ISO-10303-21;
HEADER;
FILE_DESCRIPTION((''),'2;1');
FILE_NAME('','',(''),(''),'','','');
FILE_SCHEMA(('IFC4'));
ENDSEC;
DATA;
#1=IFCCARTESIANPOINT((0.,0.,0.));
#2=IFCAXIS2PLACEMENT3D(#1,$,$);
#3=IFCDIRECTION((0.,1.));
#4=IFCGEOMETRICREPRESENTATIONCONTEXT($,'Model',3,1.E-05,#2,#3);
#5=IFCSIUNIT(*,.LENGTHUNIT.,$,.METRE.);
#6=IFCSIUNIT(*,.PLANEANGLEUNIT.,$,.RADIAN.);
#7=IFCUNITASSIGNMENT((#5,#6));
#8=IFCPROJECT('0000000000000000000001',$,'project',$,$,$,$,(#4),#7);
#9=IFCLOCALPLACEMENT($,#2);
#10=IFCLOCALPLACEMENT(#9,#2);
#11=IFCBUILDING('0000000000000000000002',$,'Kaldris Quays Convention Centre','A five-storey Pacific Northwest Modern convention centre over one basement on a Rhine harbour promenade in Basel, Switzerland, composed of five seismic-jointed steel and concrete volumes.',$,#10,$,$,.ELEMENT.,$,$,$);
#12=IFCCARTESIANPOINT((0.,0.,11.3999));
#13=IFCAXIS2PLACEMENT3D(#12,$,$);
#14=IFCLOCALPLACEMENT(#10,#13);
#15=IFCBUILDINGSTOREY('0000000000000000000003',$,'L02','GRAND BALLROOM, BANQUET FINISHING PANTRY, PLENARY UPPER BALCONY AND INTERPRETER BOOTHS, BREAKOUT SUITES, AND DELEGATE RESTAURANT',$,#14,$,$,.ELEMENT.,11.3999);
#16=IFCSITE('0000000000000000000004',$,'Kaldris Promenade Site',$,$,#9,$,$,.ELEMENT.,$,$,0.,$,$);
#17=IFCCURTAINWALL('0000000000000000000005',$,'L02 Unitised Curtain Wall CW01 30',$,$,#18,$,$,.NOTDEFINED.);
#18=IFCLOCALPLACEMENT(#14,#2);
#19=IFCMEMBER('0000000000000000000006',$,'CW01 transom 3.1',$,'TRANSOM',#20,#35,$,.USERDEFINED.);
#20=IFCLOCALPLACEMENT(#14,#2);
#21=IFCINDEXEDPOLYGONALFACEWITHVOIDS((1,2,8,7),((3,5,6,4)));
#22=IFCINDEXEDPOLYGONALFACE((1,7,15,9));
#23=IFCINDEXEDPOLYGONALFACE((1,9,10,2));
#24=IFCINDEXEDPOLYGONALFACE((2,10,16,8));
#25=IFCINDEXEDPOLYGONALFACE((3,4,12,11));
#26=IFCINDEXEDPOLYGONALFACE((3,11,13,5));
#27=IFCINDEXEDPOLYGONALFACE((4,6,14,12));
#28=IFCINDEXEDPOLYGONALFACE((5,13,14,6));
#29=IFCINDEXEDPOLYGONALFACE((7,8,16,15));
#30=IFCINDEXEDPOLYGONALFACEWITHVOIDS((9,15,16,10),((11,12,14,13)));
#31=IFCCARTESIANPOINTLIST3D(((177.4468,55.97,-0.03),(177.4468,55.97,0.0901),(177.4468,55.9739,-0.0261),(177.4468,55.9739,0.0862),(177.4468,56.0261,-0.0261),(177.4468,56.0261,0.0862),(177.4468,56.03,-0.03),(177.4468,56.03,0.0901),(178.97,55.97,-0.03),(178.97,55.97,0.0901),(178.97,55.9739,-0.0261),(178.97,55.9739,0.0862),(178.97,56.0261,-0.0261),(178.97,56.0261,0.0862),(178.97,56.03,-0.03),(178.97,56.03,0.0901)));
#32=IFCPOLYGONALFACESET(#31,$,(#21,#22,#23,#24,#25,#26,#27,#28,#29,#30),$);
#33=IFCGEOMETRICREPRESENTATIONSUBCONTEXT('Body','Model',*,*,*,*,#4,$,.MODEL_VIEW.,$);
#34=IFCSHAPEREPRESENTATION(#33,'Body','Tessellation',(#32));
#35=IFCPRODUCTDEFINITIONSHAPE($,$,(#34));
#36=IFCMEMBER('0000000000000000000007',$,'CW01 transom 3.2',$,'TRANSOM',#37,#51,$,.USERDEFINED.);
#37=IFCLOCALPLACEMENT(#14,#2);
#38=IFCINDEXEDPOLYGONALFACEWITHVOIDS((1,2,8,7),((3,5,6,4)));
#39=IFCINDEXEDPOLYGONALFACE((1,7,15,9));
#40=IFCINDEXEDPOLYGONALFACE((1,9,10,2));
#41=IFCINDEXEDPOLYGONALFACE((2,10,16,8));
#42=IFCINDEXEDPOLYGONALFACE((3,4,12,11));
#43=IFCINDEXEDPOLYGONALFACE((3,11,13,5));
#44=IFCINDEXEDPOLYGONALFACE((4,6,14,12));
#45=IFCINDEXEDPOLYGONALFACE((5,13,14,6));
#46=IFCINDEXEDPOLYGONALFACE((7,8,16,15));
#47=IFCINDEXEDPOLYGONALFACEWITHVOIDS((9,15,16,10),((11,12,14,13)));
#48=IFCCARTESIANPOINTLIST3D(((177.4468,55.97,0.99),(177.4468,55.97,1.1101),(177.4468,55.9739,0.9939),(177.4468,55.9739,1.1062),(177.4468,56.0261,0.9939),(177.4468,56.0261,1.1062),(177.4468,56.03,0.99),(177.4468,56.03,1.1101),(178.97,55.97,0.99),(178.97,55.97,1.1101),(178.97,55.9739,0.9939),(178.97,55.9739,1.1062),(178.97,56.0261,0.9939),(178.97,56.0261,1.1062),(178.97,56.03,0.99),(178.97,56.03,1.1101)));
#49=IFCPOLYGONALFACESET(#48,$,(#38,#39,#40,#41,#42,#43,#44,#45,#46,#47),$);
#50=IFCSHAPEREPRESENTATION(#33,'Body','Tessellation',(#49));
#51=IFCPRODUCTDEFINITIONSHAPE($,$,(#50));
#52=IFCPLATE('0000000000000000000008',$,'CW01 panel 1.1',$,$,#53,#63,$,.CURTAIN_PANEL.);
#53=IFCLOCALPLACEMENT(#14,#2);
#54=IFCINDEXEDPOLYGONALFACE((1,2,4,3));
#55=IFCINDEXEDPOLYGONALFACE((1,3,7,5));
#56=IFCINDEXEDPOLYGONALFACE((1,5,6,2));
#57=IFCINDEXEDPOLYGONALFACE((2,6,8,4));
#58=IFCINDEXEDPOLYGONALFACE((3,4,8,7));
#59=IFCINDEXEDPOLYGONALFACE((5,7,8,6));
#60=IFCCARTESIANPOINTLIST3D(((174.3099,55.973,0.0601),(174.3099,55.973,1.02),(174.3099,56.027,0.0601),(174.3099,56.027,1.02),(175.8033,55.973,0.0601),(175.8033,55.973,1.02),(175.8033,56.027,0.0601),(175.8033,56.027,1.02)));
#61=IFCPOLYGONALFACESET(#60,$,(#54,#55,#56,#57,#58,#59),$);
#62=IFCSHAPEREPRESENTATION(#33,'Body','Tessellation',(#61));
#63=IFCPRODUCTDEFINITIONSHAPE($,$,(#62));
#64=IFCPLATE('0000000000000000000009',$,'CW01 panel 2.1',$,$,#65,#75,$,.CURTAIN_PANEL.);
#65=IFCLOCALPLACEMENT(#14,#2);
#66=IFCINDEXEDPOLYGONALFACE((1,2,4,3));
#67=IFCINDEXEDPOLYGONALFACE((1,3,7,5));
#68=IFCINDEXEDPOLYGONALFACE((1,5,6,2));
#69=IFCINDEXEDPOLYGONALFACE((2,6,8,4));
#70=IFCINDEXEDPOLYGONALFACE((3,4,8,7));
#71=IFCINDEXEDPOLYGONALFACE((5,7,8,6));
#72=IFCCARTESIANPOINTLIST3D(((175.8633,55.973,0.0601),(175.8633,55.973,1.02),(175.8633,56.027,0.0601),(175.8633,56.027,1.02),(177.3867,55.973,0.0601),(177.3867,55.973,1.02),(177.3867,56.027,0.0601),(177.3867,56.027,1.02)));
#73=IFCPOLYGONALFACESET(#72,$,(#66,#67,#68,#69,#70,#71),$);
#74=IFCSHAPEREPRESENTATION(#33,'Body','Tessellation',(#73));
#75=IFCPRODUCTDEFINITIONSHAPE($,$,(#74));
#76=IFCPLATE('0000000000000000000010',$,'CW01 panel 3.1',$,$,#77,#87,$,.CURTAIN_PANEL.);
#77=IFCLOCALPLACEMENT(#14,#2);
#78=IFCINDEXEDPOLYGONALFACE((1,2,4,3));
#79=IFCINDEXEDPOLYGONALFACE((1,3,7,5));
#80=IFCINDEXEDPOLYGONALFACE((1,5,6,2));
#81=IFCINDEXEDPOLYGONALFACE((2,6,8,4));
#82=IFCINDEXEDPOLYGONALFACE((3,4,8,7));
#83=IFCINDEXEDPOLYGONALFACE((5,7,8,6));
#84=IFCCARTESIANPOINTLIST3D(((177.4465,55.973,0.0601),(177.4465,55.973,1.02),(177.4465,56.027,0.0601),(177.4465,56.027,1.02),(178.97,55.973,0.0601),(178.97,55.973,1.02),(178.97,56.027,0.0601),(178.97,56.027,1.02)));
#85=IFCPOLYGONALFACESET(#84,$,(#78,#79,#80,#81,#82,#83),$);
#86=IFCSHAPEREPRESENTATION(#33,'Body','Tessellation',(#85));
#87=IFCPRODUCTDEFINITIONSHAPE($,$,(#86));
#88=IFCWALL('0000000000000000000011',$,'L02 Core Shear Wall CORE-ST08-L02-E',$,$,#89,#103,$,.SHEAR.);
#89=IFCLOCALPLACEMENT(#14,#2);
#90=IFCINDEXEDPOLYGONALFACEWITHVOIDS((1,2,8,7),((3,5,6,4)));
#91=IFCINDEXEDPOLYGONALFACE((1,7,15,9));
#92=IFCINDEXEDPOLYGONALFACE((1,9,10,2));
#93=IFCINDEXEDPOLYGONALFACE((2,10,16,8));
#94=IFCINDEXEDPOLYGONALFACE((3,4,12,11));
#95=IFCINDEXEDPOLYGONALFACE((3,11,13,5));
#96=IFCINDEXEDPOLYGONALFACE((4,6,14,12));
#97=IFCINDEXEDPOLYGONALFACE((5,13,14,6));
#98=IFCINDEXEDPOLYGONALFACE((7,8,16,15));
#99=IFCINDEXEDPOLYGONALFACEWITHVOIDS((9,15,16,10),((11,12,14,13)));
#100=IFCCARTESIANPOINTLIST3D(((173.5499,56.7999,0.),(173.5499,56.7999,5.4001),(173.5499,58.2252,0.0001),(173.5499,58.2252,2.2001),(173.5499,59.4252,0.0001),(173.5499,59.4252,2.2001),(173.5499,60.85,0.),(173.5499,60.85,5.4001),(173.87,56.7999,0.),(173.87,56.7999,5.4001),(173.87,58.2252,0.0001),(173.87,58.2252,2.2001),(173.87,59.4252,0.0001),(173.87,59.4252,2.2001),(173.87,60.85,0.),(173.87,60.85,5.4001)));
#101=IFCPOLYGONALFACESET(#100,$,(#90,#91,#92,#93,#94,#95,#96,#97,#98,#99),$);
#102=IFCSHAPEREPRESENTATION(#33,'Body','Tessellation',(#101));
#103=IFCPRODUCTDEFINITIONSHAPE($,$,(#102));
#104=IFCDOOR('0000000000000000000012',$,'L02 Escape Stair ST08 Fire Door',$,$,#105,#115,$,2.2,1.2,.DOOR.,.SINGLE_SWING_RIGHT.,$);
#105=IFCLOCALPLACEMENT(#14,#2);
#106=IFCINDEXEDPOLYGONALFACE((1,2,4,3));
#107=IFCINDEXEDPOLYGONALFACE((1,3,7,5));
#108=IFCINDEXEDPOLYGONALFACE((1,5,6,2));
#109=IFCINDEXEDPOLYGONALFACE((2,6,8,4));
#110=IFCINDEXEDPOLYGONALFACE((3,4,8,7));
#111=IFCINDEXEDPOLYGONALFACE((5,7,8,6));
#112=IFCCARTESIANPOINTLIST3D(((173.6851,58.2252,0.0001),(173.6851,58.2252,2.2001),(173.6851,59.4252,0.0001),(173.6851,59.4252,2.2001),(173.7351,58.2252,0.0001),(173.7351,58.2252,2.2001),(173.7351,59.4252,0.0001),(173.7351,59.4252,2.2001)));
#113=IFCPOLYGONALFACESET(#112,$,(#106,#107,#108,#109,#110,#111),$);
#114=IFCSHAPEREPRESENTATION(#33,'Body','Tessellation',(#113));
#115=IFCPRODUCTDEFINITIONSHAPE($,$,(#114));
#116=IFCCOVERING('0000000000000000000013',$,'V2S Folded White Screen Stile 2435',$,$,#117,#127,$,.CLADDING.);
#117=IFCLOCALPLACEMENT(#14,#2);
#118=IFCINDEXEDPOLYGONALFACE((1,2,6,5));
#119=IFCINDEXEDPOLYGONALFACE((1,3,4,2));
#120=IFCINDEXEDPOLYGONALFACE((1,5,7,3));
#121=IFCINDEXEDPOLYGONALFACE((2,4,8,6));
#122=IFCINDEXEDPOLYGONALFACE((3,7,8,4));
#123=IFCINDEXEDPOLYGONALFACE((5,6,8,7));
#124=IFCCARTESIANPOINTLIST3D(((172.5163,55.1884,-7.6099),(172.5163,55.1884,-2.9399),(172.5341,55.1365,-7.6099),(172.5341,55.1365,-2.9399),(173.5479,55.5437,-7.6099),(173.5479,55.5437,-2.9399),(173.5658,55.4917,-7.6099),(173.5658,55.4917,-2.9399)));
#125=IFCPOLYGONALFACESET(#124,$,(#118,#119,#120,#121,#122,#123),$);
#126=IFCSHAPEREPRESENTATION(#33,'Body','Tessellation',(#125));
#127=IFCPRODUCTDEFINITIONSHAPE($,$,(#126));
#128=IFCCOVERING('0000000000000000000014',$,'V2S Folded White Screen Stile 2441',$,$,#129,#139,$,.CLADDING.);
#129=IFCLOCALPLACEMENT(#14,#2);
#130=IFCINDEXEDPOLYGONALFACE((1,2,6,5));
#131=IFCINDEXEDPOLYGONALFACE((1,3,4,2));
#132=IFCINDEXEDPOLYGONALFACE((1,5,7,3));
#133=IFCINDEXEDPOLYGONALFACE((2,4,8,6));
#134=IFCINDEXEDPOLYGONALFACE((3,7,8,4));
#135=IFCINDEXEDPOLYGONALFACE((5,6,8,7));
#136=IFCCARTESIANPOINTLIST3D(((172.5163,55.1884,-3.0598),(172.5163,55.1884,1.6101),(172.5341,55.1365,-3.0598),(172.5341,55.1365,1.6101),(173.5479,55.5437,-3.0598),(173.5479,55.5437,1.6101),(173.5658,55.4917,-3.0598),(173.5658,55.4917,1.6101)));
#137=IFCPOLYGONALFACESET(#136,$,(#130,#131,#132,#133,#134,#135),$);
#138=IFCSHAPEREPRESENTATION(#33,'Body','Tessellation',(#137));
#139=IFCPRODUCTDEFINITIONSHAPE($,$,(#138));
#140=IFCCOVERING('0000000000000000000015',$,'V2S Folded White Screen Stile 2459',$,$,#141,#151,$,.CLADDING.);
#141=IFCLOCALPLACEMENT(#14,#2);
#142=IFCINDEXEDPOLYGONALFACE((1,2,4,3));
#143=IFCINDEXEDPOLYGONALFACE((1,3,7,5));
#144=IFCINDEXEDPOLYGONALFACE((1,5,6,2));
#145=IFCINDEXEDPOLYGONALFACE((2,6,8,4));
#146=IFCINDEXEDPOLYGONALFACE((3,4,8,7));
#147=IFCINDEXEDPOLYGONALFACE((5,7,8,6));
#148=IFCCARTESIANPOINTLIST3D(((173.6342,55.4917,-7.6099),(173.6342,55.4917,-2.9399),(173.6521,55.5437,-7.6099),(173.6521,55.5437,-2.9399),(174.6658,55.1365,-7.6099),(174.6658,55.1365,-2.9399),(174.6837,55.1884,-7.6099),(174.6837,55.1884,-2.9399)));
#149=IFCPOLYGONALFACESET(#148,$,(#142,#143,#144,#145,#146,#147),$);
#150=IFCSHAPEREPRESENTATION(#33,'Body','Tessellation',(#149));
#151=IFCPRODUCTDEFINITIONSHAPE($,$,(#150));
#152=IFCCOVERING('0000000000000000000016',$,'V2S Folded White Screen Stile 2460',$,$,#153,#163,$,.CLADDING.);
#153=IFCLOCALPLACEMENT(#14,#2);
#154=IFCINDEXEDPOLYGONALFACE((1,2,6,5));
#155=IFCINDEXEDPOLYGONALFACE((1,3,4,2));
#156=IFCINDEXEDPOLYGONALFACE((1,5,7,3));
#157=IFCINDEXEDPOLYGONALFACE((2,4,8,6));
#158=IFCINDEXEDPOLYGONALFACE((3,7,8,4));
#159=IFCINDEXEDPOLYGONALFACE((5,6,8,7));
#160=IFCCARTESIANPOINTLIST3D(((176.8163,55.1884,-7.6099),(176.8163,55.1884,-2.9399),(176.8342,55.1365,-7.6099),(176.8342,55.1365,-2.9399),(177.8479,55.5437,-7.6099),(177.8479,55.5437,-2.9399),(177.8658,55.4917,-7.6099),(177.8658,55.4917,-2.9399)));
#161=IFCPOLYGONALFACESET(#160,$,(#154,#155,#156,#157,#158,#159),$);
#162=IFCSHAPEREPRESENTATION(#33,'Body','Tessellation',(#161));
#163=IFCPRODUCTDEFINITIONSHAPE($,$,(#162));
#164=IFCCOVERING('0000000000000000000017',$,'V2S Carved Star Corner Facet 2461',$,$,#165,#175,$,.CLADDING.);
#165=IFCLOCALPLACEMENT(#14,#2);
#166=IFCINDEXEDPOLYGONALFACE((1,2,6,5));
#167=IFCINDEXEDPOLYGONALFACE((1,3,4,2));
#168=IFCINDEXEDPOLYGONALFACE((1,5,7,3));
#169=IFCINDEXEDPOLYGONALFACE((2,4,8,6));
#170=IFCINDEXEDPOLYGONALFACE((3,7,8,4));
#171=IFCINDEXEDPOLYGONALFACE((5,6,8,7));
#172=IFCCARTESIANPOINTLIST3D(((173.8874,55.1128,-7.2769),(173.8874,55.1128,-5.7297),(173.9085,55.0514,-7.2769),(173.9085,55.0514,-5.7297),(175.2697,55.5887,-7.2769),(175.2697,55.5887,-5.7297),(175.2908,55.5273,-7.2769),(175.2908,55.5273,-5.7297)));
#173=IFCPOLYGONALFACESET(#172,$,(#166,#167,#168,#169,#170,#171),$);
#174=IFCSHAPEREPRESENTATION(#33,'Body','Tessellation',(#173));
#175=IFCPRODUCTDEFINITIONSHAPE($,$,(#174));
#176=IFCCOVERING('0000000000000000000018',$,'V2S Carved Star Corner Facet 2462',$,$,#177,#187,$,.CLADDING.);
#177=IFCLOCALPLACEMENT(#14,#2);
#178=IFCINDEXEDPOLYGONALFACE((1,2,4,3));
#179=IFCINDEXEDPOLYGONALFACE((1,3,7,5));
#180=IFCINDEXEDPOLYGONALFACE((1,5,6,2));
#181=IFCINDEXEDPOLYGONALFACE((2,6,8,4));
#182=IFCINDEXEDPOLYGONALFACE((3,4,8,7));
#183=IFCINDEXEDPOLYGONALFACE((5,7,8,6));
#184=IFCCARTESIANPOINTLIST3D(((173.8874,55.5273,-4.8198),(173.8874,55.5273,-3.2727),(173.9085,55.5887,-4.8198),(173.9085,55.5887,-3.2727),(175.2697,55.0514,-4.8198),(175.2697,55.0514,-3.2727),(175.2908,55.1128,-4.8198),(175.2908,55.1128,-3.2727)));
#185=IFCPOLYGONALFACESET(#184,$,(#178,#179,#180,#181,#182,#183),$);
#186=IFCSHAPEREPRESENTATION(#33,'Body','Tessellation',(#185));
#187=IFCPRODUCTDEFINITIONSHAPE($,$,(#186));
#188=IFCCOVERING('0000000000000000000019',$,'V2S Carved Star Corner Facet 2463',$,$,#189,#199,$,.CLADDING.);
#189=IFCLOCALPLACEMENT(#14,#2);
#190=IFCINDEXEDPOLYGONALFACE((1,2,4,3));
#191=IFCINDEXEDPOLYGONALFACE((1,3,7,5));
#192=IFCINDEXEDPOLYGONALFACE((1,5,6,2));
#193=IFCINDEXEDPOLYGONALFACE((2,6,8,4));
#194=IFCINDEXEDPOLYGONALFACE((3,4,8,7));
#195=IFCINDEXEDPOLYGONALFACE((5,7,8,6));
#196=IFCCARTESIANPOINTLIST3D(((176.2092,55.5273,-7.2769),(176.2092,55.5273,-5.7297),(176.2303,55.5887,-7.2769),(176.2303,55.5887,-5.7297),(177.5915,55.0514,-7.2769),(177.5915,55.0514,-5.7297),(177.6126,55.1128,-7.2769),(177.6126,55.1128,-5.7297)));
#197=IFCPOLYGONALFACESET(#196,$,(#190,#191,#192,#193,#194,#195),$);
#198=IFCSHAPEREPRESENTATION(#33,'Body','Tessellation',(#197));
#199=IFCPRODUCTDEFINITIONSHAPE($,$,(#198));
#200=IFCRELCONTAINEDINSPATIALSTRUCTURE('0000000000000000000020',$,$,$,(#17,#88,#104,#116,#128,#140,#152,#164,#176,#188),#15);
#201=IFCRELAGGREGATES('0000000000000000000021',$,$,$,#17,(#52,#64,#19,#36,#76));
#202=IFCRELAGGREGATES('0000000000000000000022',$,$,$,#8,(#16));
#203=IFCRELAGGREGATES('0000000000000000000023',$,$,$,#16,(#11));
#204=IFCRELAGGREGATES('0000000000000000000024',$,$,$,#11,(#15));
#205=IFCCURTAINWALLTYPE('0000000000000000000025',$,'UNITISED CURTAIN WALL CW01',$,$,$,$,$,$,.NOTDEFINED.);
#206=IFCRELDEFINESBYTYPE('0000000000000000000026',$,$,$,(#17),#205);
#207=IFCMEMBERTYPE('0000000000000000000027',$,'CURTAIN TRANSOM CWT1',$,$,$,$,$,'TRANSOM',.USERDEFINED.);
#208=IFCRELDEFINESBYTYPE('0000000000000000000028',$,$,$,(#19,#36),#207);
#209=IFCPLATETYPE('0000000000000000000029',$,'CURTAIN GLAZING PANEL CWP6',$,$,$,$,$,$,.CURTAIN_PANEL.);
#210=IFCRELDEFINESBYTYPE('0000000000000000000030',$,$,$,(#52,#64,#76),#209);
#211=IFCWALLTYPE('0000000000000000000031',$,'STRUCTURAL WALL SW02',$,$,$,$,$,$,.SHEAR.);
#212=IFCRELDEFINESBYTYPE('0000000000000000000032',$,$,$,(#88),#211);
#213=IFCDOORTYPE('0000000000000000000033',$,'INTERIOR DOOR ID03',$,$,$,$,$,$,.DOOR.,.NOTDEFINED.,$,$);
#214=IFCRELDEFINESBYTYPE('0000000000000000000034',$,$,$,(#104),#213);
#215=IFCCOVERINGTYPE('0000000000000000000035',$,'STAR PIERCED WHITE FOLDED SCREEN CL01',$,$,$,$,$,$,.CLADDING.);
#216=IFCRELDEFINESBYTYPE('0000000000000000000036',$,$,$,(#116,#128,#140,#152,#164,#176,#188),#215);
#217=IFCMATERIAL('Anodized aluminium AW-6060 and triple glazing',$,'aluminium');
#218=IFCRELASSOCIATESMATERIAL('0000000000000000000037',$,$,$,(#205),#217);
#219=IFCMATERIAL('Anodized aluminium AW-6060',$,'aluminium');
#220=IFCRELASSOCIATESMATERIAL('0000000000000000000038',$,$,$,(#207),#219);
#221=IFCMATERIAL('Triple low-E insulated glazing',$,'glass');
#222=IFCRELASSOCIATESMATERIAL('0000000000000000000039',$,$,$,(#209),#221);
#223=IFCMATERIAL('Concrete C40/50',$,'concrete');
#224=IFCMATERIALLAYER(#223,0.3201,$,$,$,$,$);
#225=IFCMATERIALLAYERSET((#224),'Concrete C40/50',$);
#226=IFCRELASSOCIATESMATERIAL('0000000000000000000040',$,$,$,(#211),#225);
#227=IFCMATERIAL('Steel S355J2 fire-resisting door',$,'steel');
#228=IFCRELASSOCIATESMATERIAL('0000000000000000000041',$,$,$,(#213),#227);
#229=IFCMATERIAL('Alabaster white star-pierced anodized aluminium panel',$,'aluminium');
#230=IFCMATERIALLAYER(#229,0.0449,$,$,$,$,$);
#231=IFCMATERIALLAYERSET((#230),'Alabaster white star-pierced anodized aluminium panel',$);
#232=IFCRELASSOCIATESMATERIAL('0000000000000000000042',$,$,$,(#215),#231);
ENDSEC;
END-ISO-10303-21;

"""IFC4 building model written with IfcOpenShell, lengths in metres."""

from ifc_helpers import new_model, si_unit, direction, frame, frame_2d, origin, origin_2d, place, context, subcontext, project, spatial, rectangle, hollow_rectangle, extrude, material, layer, layer_set, material_profile, profile_set, type_object, element, fill, aggregate, save


model = new_model("IFC4")

# Units and contexts
model_context = context("Model", 3, precision=1e-05, world=origin(), true_north=direction((0.0, 1.0)))
body_context = subcontext(model_context, "Body", "Model", "MODEL_VIEW")
ifc_project = project(units=[si_unit("LENGTHUNIT", "METRE"), si_unit("PLANEANGLEUNIT", "RADIAN")], contexts=[model_context])

# Site, building, storey
site_placement = place(None, origin())
site = spatial("IfcSite", under=ifc_project, at=site_placement, Name="Kaldris Promenade Site", CompositionType="ELEMENT", RefElevation=0.0)
building_placement = place(site_placement, origin())
building = spatial("IfcBuilding", under=site, at=building_placement, Name="Kaldris Quays Convention Centre", Description="A five-storey Pacific Northwest Modern convention centre over one basement on a Rhine harbour promenade in Basel, Switzerland, composed of five seismic-jointed steel and concrete volumes.", CompositionType="ELEMENT")
storey_placement = place(building_placement, frame((0.0, 0.0, 11.3999)))
storey = spatial("IfcBuildingStorey", under=building, at=storey_placement, Name="L02", Description="GRAND BALLROOM, BANQUET FINISHING PANTRY, PLENARY UPPER BALCONY AND INTERPRETER BOOTHS, BREAKOUT SUITES, AND DELEGATE RESTAURANT", CompositionType="ELEMENT", Elevation=11.3999)

# Shared definitions
ifc_material_1 = material(Name="Anodized aluminium AW-6060 and triple glazing", Category="aluminium")
curtain_wall_type = type_object("IfcCurtainWallType", Name="UNITISED CURTAIN WALL CW01", PredefinedType="NOTDEFINED", material=ifc_material_1)
ifc_material_2 = material(Name="Anodized aluminium AW-6060", Category="aluminium")

# Curtain wall, members, plates
curtain_wall_1_placement = place(storey_placement, origin())
curtain_wall_1 = element("IfcCurtainWall", 1, at=curtain_wall_1_placement, inside=storey, type_object=curtain_wall_type, Name="L02 Unitised Curtain Wall CW01 30", PredefinedType="NOTDEFINED")
ifc_material_profile_1 = material_profile(ifc_material_2, hollow_rectangle(XDim=0.0601, YDim=0.1201, WallThickness=0.0039, at=origin_2d()), Name="RHS 120x60x4")
ifc_profile_set_1 = profile_set([ifc_material_profile_1], Name="Anodized aluminium AW-6060")
member_type_1 = type_object("IfcMemberType", Name="CURTAIN TRANSOM CWT1", ElementType="TRANSOM", PredefinedType="USERDEFINED", material=ifc_profile_set_1)
member_1_placement = place(storey_placement, frame((177.4468, 56.0, 0.03), z_axis=(1.0, 0.0, 0.0), x_axis=(0.0, 1.0, 0.0)))
member_1 = element("IfcMember", 2, at=member_1_placement, type_object=member_type_1, Name="CW01 transom 3.1", ObjectType="TRANSOM", PredefinedType="USERDEFINED", context=body_context, shape_type="SweptSolid", body=[
    extrude(hollow_rectangle(XDim=0.0601, YDim=0.1201, WallThickness=0.0039, at=origin_2d()), origin(), (0.0, 0.0, 1.0), 1.5232),
])
member_2_placement = place(storey_placement, frame((177.4468, 56.0, 1.05), z_axis=(1.0, 0.0, 0.0), x_axis=(0.0, 1.0, 0.0)))
member_2 = element("IfcMember", 3, at=member_2_placement, type_object=member_type_1, Name="CW01 transom 3.2", ObjectType="TRANSOM", PredefinedType="USERDEFINED", context=body_context, shape_type="SweptSolid", body=[
    extrude(hollow_rectangle(XDim=0.0601, YDim=0.1201, WallThickness=0.0039, at=origin_2d()), origin(), (0.0, 0.0, 1.0), 1.5232),
])
ifc_material_3 = material(Name="Triple low-E insulated glazing", Category="glass")
plate_type = type_object("IfcPlateType", Name="CURTAIN GLAZING PANEL CWP6", PredefinedType="CURTAIN_PANEL", material=ifc_material_3)
plate_1_placement = place(storey_placement, frame((175.0566, 56.0, 0.0601), z_axis=(0.0, 0.0, 1.0), x_axis=(1.0, 0.0, 0.0)))
plate_1 = element("IfcPlate", 4, at=plate_1_placement, type_object=plate_type, Name="CW01 panel 1.1", PredefinedType="CURTAIN_PANEL", context=body_context, shape_type="SweptSolid", body=[
    extrude(rectangle(XDim=1.4934, YDim=0.054, at=origin_2d()), origin(), (0.0, 0.0, 1.0), 0.96),
])
plate_2_placement = place(storey_placement, frame((176.625, 56.0, 0.0601), z_axis=(0.0, 0.0, 1.0), x_axis=(1.0, 0.0, 0.0)))
plate_2 = element("IfcPlate", 5, at=plate_2_placement, type_object=plate_type, Name="CW01 panel 2.1", PredefinedType="CURTAIN_PANEL", context=body_context, shape_type="SweptSolid", body=[
    extrude(rectangle(XDim=1.5234, YDim=0.054, at=origin_2d()), origin(), (0.0, 0.0, 1.0), 0.96),
])
plate_3_placement = place(storey_placement, frame((178.2083, 56.0, 0.0601), z_axis=(0.0, 0.0, 1.0), x_axis=(1.0, 0.0, 0.0)))
plate_3 = element("IfcPlate", 6, at=plate_3_placement, type_object=plate_type, Name="CW01 panel 3.1", PredefinedType="CURTAIN_PANEL", context=body_context, shape_type="SweptSolid", body=[
    extrude(rectangle(XDim=1.5234, YDim=0.054, at=origin_2d()), origin(), (0.0, 0.0, 1.0), 0.96),
])
aggregate(curtain_wall_1, [plate_1, plate_2, member_1, member_2, plate_3])

# Wall, opening, door
ifc_material_4 = material(Name="Concrete C40/50", Category="concrete")
ifc_layer_1 = layer(ifc_material_4, 0.3201)
ifc_layer_set_1 = layer_set([ifc_layer_1], Name="Concrete C40/50")
wall_type = type_object("IfcWallType", Name="STRUCTURAL WALL SW02", PredefinedType="SHEAR", material=ifc_layer_set_1)
wall_placement = place(storey_placement, frame((173.71, 56.8, 0.0), z_axis=(0.0, 0.0, 1.0), x_axis=(0.0, 1.0, 0.0)))
wall = element("IfcWall", 7, at=wall_placement, inside=storey, type_object=wall_type, Name="L02 Core Shear Wall CORE-ST08-L02-E", PredefinedType="SHEAR", context=body_context, shape_type="SweptSolid", body=[
    extrude(rectangle(XDim=4.05, YDim=0.3201, at=frame_2d((2.0249, 0.0))), origin(), (0.0, 0.0, 1.0), 5.4001),
])
opening_placement = place(wall_placement, frame((1.425, 0.0, 0.0)))
opening = element("IfcOpeningElement", 8, at=opening_placement, cuts=wall, PredefinedType="OPENING", context=body_context, shape_type="SweptSolid", body=[
    extrude(rectangle(XDim=1.2, YDim=2.2, at=frame_2d((0.6001, 1.1001))), frame((0.0, 0.1699, 0.0), z_axis=(0.0, -1.0, 0.0), x_axis=(1.0, 0.0, 0.0)), (0.0, 0.0, 1.0), 0.3401),
])
ifc_material_5 = material(Name="Steel S355J2 fire-resisting door", Category="steel")
door_type = type_object("IfcDoorType", Name="INTERIOR DOOR ID03", OperationType="NOTDEFINED", PredefinedType="DOOR", material=ifc_material_5)
door_placement = place(opening_placement, origin())
door = element("IfcDoor", 9, at=door_placement, inside=storey, type_object=door_type, Name="L02 Escape Stair ST08 Fire Door", OperationType="SINGLE_SWING_RIGHT", OverallHeight=2.2, OverallWidth=1.2, PredefinedType="DOOR", context=body_context, shape_type="SweptSolid", body=[
    extrude(rectangle(XDim=1.2, YDim=2.2, at=frame_2d((0.6001, 1.1001))), frame((0.0, 0.0249, 0.0), z_axis=(0.0, -1.0, 0.0), x_axis=(1.0, 0.0, 0.0)), (0.0, 0.0, 1.0), 0.05),
])
fill(opening, door)

# Coverings
ifc_material_6 = material(Name="Alabaster white star-pierced anodized aluminium panel", Category="aluminium")
ifc_layer_2 = layer(ifc_material_6, 0.0449)
ifc_layer_set_2 = layer_set([ifc_layer_2], Name="Alabaster white star-pierced anodized aluminium panel")
covering_type = type_object("IfcCoveringType", Name="STAR PIERCED WHITE FOLDED SCREEN CL01", PredefinedType="CLADDING", material=ifc_layer_set_2)
for number, where, z_axis, x_axis, name in (
    (10, (173.041, 55.3401, -7.6099), (0.0, 0.0, 1.0), (0.945519, 0.325568, 0.0), "V2S Folded White Screen Stile 2435"),
    (11, (173.041, 55.3401, -3.0598), (0.0, 0.0, 1.0), (0.945519, 0.325568, 0.0), "V2S Folded White Screen Stile 2441"),
    (12, (174.1589, 55.3401, -7.6099), (0.0, 0.0, 1.0), (0.945519, -0.325568, 0.0), "V2S Folded White Screen Stile 2459"),
    (13, (177.3411, 55.3401, -7.6099), (0.0, 0.0, 1.0), (0.945519, 0.325568, 0.0), "V2S Folded White Screen Stile 2460"),
):
    element("IfcCovering", number, at=place(storey_placement, frame(where, z_axis=z_axis, x_axis=x_axis)), inside=storey, type_object=covering_type, Name=name, PredefinedType="CLADDING", context=body_context, shape_type="SweptSolid", body=[
        extrude(rectangle(XDim=1.0911, YDim=0.0549, at=origin_2d()), origin(), (0.0, 0.0, 1.0), 4.6699),
    ])
for number, where, z_axis, x_axis, name in (
    (14, (174.5891, 55.3201, -7.2769), (0.0, 0.0, 1.0), (0.945519, 0.325568, 0.0), "V2S Carved Star Corner Facet 2461"),
    (15, (174.5891, 55.3201, -4.8198), (0.0, 0.0, 1.0), (0.945519, -0.325568, 0.0), "V2S Carved Star Corner Facet 2462"),
    (16, (176.9109, 55.3201, -7.2769), (0.0, 0.0, 1.0), (0.945519, -0.325568, 0.0), "V2S Carved Star Corner Facet 2463"),
):
    element("IfcCovering", number, at=place(storey_placement, frame(where, z_axis=z_axis, x_axis=x_axis)), inside=storey, type_object=covering_type, Name=name, PredefinedType="CLADDING", context=body_context, shape_type="SweptSolid", body=[
        extrude(rectangle(XDim=1.4619, YDim=0.0649, at=origin_2d()), origin(), (0.0, 0.0, 1.0), 1.5471),
    ])

save(model, "model.ifc")
